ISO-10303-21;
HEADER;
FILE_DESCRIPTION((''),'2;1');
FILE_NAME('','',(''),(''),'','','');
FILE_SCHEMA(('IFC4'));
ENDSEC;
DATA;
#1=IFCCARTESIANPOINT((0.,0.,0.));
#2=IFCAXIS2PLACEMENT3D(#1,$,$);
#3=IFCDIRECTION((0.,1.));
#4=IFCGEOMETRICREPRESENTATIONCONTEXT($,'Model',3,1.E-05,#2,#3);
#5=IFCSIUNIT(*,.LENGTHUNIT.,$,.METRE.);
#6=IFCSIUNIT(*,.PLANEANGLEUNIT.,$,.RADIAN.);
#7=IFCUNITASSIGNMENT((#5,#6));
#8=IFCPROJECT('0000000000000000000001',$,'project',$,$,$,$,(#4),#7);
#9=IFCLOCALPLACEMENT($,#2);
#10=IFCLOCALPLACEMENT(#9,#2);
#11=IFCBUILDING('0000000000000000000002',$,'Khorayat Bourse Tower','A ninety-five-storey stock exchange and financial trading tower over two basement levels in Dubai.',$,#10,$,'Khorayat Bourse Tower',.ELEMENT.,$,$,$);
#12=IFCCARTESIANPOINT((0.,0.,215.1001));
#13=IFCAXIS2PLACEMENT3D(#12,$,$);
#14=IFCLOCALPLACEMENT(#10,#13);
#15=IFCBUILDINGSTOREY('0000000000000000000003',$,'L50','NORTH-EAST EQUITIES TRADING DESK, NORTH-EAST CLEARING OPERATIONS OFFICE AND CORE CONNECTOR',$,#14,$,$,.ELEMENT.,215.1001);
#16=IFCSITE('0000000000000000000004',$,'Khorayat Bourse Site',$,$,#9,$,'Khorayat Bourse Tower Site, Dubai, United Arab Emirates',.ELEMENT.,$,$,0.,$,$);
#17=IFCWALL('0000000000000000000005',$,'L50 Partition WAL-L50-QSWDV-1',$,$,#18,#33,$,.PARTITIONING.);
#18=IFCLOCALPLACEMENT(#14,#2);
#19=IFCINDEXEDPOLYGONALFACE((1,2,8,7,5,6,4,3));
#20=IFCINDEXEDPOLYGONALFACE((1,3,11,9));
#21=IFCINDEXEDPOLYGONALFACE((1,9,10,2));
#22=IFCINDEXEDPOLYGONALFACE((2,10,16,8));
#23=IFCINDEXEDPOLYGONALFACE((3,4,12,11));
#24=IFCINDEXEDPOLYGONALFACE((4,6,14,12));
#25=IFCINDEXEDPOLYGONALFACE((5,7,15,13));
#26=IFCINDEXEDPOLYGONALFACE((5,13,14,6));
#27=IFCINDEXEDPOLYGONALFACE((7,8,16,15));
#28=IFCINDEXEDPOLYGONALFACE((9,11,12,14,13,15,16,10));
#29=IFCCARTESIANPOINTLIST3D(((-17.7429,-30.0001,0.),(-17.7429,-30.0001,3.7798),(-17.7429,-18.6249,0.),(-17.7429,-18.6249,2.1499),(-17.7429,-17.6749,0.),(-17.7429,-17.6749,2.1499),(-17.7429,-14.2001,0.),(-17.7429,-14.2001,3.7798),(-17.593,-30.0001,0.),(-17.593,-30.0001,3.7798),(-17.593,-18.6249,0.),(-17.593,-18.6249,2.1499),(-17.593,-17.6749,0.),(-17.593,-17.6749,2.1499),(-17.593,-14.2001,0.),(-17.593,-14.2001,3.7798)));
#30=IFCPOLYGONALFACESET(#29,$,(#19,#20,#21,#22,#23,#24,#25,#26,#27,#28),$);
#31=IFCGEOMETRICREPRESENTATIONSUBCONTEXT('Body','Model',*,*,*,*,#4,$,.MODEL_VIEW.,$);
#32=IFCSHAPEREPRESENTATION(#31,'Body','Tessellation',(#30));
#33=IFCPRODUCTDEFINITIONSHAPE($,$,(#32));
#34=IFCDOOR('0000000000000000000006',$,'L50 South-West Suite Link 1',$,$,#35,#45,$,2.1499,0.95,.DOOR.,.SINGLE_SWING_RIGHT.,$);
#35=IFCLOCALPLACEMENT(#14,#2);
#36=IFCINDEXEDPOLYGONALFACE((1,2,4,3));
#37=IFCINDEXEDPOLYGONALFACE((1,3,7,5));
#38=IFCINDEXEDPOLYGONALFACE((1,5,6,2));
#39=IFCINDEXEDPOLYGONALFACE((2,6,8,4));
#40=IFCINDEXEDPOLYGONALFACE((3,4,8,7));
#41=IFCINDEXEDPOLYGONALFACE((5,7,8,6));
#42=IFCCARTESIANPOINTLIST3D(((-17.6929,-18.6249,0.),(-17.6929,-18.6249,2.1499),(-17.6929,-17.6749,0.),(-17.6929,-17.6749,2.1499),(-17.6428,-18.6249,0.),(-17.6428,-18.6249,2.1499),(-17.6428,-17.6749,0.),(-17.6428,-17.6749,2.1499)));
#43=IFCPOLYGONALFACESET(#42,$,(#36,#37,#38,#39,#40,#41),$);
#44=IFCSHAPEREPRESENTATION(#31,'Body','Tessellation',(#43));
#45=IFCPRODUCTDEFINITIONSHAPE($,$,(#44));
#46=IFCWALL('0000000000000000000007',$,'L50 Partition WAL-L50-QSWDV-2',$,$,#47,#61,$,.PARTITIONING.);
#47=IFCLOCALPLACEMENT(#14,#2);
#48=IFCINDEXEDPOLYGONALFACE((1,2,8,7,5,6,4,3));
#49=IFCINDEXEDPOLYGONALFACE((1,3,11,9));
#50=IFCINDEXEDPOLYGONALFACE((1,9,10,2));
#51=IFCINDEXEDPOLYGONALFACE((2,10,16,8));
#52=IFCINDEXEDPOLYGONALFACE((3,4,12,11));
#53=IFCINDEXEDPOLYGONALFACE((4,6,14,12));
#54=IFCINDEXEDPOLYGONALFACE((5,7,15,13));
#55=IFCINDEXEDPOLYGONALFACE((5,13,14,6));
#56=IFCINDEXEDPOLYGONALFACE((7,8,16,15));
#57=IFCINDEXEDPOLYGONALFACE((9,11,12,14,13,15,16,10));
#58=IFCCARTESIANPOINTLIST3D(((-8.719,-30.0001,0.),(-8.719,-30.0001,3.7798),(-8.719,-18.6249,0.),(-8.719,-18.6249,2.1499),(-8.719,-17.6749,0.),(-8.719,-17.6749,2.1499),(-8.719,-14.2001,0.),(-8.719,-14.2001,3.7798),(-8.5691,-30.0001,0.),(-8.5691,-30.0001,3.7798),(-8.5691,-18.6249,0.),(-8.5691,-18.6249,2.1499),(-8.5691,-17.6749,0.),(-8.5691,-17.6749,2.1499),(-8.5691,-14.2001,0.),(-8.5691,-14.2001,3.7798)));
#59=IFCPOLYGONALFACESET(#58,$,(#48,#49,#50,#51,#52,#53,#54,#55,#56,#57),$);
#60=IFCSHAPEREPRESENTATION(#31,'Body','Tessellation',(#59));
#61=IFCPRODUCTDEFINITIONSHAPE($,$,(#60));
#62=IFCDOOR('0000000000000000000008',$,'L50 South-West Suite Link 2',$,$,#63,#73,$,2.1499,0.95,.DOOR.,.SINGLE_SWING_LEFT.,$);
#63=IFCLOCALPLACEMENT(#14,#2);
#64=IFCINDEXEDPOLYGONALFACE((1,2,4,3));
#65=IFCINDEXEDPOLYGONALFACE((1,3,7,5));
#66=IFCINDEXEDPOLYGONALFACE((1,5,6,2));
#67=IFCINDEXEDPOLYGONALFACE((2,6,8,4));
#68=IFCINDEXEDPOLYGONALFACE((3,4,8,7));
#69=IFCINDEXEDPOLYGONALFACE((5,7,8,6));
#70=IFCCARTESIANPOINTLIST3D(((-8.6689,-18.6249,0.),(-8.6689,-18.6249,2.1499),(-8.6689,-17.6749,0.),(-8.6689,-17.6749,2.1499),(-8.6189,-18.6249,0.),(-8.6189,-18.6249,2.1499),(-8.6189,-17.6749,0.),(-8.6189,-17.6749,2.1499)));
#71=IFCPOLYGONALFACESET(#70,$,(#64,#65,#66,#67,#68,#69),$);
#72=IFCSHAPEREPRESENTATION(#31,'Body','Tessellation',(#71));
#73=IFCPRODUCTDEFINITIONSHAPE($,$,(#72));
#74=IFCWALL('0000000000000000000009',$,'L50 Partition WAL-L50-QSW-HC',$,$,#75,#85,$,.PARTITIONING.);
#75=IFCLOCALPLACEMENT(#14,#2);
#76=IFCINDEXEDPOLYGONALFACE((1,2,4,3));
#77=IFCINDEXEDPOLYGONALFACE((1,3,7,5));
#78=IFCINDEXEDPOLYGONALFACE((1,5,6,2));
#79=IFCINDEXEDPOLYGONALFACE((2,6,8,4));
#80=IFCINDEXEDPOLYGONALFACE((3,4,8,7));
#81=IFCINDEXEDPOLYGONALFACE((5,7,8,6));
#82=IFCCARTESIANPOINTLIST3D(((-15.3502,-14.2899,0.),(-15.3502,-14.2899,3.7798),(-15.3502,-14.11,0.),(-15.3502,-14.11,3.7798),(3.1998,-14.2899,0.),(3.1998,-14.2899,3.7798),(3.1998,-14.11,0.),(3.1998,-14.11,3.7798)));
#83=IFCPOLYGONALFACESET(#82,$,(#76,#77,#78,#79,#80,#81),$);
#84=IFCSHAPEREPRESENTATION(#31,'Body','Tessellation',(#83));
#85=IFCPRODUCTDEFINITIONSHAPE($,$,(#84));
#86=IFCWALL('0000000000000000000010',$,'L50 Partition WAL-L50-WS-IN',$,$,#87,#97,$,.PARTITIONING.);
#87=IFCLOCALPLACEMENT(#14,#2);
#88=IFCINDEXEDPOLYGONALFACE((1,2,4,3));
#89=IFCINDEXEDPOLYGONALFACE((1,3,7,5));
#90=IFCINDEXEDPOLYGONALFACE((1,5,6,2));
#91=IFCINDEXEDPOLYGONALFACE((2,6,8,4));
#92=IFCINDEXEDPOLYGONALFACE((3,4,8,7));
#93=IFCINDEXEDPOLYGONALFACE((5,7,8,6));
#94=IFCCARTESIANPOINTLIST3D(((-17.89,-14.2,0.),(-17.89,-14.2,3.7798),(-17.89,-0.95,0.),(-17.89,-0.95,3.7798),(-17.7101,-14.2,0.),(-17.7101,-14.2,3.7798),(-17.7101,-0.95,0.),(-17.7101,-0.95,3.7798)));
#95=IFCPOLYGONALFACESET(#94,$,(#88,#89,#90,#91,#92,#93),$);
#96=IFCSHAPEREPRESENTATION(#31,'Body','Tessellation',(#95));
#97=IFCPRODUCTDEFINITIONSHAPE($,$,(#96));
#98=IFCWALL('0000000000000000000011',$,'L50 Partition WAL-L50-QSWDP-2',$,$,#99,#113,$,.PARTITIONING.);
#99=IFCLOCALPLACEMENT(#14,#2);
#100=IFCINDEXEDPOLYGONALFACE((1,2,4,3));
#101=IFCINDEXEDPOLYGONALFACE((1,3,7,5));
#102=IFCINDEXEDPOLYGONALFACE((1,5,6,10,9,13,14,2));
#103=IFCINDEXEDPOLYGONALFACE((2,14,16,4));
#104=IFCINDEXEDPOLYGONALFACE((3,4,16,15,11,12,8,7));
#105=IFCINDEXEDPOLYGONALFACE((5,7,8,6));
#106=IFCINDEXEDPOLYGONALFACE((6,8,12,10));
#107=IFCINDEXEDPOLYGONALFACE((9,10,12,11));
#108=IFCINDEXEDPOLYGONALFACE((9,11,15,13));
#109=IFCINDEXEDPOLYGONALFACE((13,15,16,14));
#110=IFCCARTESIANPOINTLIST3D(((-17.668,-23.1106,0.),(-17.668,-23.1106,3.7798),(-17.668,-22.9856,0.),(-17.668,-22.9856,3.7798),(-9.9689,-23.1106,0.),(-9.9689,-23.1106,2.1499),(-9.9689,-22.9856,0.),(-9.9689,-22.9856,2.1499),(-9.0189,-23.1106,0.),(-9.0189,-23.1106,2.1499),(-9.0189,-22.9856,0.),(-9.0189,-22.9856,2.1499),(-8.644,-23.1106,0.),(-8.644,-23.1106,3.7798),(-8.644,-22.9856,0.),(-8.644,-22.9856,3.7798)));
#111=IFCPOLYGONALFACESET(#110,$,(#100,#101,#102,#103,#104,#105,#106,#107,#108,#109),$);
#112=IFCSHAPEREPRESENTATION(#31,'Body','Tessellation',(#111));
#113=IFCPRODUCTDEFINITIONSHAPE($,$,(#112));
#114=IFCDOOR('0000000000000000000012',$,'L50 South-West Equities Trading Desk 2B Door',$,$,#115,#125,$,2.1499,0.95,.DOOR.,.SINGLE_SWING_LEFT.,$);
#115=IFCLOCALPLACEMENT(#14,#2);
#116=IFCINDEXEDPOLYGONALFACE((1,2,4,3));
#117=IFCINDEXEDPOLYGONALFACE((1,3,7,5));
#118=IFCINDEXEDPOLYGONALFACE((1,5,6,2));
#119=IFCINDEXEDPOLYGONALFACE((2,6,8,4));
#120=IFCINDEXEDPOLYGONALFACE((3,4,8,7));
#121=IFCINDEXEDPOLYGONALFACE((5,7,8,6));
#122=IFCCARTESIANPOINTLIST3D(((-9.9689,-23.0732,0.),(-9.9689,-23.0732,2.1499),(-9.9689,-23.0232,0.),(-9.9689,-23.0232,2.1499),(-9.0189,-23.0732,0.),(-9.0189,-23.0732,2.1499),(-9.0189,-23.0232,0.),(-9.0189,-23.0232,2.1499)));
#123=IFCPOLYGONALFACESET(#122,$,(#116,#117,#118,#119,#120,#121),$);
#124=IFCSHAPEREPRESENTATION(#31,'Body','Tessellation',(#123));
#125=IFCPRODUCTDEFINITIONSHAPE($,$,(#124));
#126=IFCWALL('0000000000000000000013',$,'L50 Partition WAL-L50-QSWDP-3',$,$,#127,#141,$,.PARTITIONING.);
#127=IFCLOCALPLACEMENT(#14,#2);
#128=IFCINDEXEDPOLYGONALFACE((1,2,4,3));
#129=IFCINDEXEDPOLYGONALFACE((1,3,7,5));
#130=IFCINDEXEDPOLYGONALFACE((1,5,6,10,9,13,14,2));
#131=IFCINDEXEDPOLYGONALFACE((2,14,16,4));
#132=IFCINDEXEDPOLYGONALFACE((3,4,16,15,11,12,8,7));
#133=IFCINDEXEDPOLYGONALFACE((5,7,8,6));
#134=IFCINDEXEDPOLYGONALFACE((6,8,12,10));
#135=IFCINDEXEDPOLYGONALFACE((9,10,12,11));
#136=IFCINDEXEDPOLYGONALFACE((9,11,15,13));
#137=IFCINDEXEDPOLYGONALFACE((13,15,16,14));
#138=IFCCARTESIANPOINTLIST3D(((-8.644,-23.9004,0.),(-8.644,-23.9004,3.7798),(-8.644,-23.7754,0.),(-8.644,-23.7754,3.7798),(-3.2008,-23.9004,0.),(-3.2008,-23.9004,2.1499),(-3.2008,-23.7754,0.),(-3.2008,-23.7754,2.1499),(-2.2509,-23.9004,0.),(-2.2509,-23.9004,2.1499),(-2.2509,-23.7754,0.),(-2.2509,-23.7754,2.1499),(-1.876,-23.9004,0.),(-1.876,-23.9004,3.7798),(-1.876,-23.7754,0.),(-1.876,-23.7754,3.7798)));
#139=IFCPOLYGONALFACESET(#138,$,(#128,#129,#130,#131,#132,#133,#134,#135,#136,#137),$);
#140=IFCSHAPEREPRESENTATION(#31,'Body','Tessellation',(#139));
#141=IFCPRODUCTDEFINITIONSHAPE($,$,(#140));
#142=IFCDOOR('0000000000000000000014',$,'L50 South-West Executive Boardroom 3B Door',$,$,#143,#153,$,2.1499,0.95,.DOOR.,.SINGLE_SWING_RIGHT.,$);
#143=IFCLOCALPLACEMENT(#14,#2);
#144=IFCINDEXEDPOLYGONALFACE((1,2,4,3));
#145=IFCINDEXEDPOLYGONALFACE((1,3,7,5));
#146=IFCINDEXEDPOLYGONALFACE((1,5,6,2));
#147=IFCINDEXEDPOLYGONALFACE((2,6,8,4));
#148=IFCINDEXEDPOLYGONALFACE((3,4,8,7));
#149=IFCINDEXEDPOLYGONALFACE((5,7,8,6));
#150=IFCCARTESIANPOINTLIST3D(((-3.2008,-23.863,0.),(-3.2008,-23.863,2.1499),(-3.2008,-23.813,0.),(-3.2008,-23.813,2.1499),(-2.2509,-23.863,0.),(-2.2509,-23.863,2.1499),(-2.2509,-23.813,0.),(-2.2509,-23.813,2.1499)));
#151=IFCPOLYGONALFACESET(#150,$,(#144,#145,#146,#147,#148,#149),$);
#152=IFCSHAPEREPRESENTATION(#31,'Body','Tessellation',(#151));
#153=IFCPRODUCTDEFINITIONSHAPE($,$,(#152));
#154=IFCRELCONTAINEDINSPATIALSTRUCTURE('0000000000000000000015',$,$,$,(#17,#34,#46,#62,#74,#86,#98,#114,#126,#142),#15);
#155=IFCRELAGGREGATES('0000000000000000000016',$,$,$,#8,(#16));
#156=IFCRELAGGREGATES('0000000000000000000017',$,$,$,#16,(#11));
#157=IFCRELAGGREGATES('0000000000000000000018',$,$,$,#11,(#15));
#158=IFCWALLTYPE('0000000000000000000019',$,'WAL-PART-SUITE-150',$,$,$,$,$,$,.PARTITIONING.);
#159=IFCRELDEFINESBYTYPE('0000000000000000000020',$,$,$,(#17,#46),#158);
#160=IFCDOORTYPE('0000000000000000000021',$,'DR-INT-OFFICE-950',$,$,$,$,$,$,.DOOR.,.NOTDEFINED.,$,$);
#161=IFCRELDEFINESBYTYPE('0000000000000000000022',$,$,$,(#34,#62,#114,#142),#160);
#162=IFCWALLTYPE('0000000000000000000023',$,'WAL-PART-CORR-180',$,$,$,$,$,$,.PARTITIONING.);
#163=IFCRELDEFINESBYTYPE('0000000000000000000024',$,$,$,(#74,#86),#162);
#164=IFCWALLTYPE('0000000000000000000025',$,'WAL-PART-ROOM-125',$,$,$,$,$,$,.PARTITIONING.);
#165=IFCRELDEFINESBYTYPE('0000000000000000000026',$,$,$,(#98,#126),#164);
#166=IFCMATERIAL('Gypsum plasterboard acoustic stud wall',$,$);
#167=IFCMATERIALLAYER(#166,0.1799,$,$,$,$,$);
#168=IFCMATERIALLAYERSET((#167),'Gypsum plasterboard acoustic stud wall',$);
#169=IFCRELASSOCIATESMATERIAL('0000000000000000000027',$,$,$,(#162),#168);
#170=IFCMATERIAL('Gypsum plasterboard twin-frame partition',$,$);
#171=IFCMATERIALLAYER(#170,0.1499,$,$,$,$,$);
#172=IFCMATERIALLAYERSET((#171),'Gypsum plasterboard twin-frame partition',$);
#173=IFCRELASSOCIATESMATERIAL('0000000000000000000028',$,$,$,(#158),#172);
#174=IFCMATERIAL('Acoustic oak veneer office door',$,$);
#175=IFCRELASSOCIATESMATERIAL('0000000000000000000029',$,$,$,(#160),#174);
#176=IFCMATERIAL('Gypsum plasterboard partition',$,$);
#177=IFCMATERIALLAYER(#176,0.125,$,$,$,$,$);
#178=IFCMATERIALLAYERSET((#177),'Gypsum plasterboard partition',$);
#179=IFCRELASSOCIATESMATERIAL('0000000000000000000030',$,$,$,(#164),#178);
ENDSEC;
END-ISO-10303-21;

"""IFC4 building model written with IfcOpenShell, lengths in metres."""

from ifc_helpers import new_model, si_unit, direction, frame, frame_2d, origin, place, context, subcontext, project, spatial, rectangle, extrude, source, transform, mapped, material, layer, layer_set, type_object, element, fill, save


model = new_model("IFC4")

# Units and contexts
model_context = context("Model", 3, precision=1e-05, world=origin(), true_north=direction((0.0, 1.0)))
body_context = subcontext(model_context, "Body", "Model", "MODEL_VIEW")
ifc_project = project(units=[si_unit("LENGTHUNIT", "METRE"), si_unit("PLANEANGLEUNIT", "RADIAN")], contexts=[model_context])

# Site, building, storey
site_placement = place(None, origin())
site = spatial("IfcSite", under=ifc_project, at=site_placement, Name="Khorayat Bourse Site", LongName="Khorayat Bourse Tower Site, Dubai, United Arab Emirates", CompositionType="ELEMENT", RefElevation=0.0)
building_placement = place(site_placement, origin())
building = spatial("IfcBuilding", under=site, at=building_placement, Name="Khorayat Bourse Tower", Description="A ninety-five-storey stock exchange and financial trading tower over two basement levels in Dubai.", LongName="Khorayat Bourse Tower", CompositionType="ELEMENT")
storey_placement = place(building_placement, frame((0.0, 0.0, 215.1001)))
storey = spatial("IfcBuildingStorey", under=building, at=storey_placement, Name="L50", Description="NORTH-EAST EQUITIES TRADING DESK, NORTH-EAST CLEARING OPERATIONS OFFICE AND CORE CONNECTOR", CompositionType="ELEMENT", Elevation=215.1001)

# Shared definitions
ifc_material_1 = material(Name="Gypsum plasterboard acoustic stud wall")
ifc_layer_1 = layer(ifc_material_1, 0.1799)
ifc_layer_set_1 = layer_set([ifc_layer_1], Name="Gypsum plasterboard acoustic stud wall")
wall_type_1 = type_object("IfcWallType", Name="WAL-PART-CORR-180", PredefinedType="PARTITIONING", material=ifc_layer_set_1)

# Walls, openings, doors
ifc_material_2 = material(Name="Gypsum plasterboard twin-frame partition")
ifc_layer_2 = layer(ifc_material_2, 0.1499)
ifc_layer_set_2 = layer_set([ifc_layer_2], Name="Gypsum plasterboard twin-frame partition")
wall_type_2 = type_object("IfcWallType", Name="WAL-PART-SUITE-150", PredefinedType="PARTITIONING", material=ifc_layer_set_2)
shared_shape_1 = source(origin(), body_context, "Body", "SweptSolid", [
    extrude(rectangle(XDim=15.8, YDim=0.1499, at=frame_2d((7.8999, 0.0))), origin(), (0.0, 0.0, 1.0), 3.7798),
])
wall_1_placement = place(storey_placement, frame((-17.668, -30.0, 0.0), z_axis=(0.0, 0.0, 1.0), x_axis=(0.0, 1.0, 0.0)))
wall_1 = element("IfcWall", 1, at=wall_1_placement, inside=storey, type_object=wall_type_2, Name="L50 Partition WAL-L50-QSWDV-1", PredefinedType="PARTITIONING", context=body_context, shape_type="MappedRepresentation", body=[
    mapped(shared_shape_1, transform((0.0, 0.0, 0.0), scale=1.0)),
])
shared_shape_2 = source(origin(), body_context, "Body", "SweptSolid", [
    extrude(rectangle(XDim=0.95, YDim=2.1499, at=frame_2d((0.4751, 1.075))), frame((0.0, 0.085, 0.0), z_axis=(0.0, -1.0, 0.0), x_axis=(1.0, 0.0, 0.0)), (0.0, 0.0, 1.0), 0.1699),
])
opening_1_placement = place(wall_1_placement, frame((11.375, 0.0, 0.0)))
opening_1 = element("IfcOpeningElement", 2, at=opening_1_placement, cuts=wall_1, PredefinedType="OPENING", context=body_context, shape_type="MappedRepresentation", body=[
    mapped(shared_shape_2, transform((0.0, 0.0, 0.0), scale=1.0)),
])
ifc_material_3 = material(Name="Acoustic oak veneer office door")
door_type = type_object("IfcDoorType", Name="DR-INT-OFFICE-950", OperationType="NOTDEFINED", PredefinedType="DOOR", material=ifc_material_3)
shared_shape_3 = source(origin(), body_context, "Body", "SweptSolid", [
    extrude(rectangle(XDim=0.95, YDim=2.1499, at=frame_2d((0.4751, 1.075))), frame((0.0, 0.0249, 0.0), z_axis=(0.0, -1.0, 0.0), x_axis=(1.0, 0.0, 0.0)), (0.0, 0.0, 1.0), 0.05),
])
door_1_placement = place(opening_1_placement, origin())
door_1 = element("IfcDoor", 3, at=door_1_placement, inside=storey, type_object=door_type, Name="L50 South-West Suite Link 1", OperationType="SINGLE_SWING_RIGHT", OverallHeight=2.1499, OverallWidth=0.95, PredefinedType="DOOR", context=body_context, shape_type="MappedRepresentation", body=[
    mapped(shared_shape_3, transform((0.0, 0.0, 0.0), scale=1.0)),
])
fill(opening_1, door_1)
wall_2_placement = place(storey_placement, frame((-8.644, -30.0, 0.0), z_axis=(0.0, 0.0, 1.0), x_axis=(0.0, 1.0, 0.0)))
wall_2 = element("IfcWall", 4, at=wall_2_placement, inside=storey, type_object=wall_type_2, Name="L50 Partition WAL-L50-QSWDV-2", PredefinedType="PARTITIONING", context=body_context, shape_type="MappedRepresentation", body=[
    mapped(shared_shape_1, transform((0.0, 0.0, 0.0), scale=1.0)),
])
opening_2_placement = place(wall_2_placement, frame((11.375, 0.0, 0.0)))
opening_2 = element("IfcOpeningElement", 5, at=opening_2_placement, cuts=wall_2, PredefinedType="OPENING", context=body_context, shape_type="MappedRepresentation", body=[
    mapped(shared_shape_2, transform((0.0, 0.0, 0.0), scale=1.0)),
])
door_2_placement = place(opening_2_placement, origin())
door_2 = element("IfcDoor", 6, at=door_2_placement, inside=storey, type_object=door_type, Name="L50 South-West Suite Link 2", OperationType="SINGLE_SWING_LEFT", OverallHeight=2.1499, OverallWidth=0.95, PredefinedType="DOOR", context=body_context, shape_type="MappedRepresentation", body=[
    mapped(shared_shape_3, transform((0.0, 0.0, 0.0), scale=1.0)),
])
fill(opening_2, door_2)

# Walls
shared_shape_4 = source(origin(), body_context, "Body", "SweptSolid", [
    extrude(rectangle(XDim=18.55, YDim=0.1799, at=frame_2d((9.2749, 0.0))), origin(), (0.0, 0.0, 1.0), 3.7798),
])
wall_3_placement = place(storey_placement, frame((-15.3501, -14.2, 0.0), z_axis=(0.0, 0.0, 1.0), x_axis=(1.0, 0.0, 0.0)))
element("IfcWall", 7, at=wall_3_placement, inside=storey, type_object=wall_type_1, Name="L50 Partition WAL-L50-QSW-HC", PredefinedType="PARTITIONING", context=body_context, shape_type="MappedRepresentation", body=[
    mapped(shared_shape_4, transform((0.0, 0.0, 0.0), scale=1.0)),
])
shared_shape_5 = source(origin(), body_context, "Body", "SweptSolid", [
    extrude(rectangle(XDim=13.25, YDim=0.1799, at=frame_2d((6.625, 0.0))), origin(), (0.0, 0.0, 1.0), 3.7798),
])
wall_4_placement = place(storey_placement, frame((-17.8, -14.2, 0.0), z_axis=(0.0, 0.0, 1.0), x_axis=(0.0, 1.0, 0.0)))
element("IfcWall", 8, at=wall_4_placement, inside=storey, type_object=wall_type_1, Name="L50 Partition WAL-L50-WS-IN", PredefinedType="PARTITIONING", context=body_context, shape_type="MappedRepresentation", body=[
    mapped(shared_shape_5, transform((0.0, 0.0, 0.0), scale=1.0)),
])

# Walls, openings, doors
ifc_material_4 = material(Name="Gypsum plasterboard partition")
ifc_layer_3 = layer(ifc_material_4, 0.125)
ifc_layer_set_3 = layer_set([ifc_layer_3], Name="Gypsum plasterboard partition")
wall_type_3 = type_object("IfcWallType", Name="WAL-PART-ROOM-125", PredefinedType="PARTITIONING", material=ifc_layer_set_3)
shared_shape_6 = source(origin(), body_context, "Body", "SweptSolid", [
    extrude(rectangle(XDim=9.0239, YDim=0.125, at=frame_2d((4.512, 0.0))), origin(), (0.0, 0.0, 1.0), 3.7798),
])
wall_5_placement = place(storey_placement, frame((-17.668, -23.0481, 0.0), z_axis=(0.0, 0.0, 1.0), x_axis=(1.0, 0.0, 0.0)))
wall_5 = element("IfcWall", 9, at=wall_5_placement, inside=storey, type_object=wall_type_3, Name="L50 Partition WAL-L50-QSWDP-2", PredefinedType="PARTITIONING", context=body_context, shape_type="MappedRepresentation", body=[
    mapped(shared_shape_6, transform((0.0, 0.0, 0.0), scale=1.0)),
])
shared_shape_7 = source(origin(), body_context, "Body", "SweptSolid", [
    extrude(rectangle(XDim=0.95, YDim=2.1499, at=frame_2d((0.4751, 1.075))), frame((0.0, 0.0725, 0.0), z_axis=(0.0, -1.0, 0.0), x_axis=(1.0, 0.0, 0.0)), (0.0, 0.0, 1.0), 0.145),
])
opening_3_placement = place(wall_5_placement, frame((7.699, 0.0, 0.0)))
opening_3 = element("IfcOpeningElement", 10, at=opening_3_placement, cuts=wall_5, PredefinedType="OPENING", context=body_context, shape_type="MappedRepresentation", body=[
    mapped(shared_shape_7, transform((0.0, 0.0, 0.0), scale=1.0)),
])
door_3_placement = place(opening_3_placement, origin())
door_3 = element("IfcDoor", 11, at=door_3_placement, inside=storey, type_object=door_type, Name="L50 South-West Equities Trading Desk 2B Door", OperationType="SINGLE_SWING_LEFT", OverallHeight=2.1499, OverallWidth=0.95, PredefinedType="DOOR", context=body_context, shape_type="MappedRepresentation", body=[
    mapped(shared_shape_3, transform((0.0, 0.0, 0.0), scale=1.0)),
])
fill(opening_3, door_3)
shared_shape_8 = source(origin(), body_context, "Body", "SweptSolid", [
    extrude(rectangle(XDim=6.7681, YDim=0.125, at=frame_2d((3.384, 0.0))), origin(), (0.0, 0.0, 1.0), 3.7798),
])
wall_6_placement = place(storey_placement, frame((-8.644, -23.8379, 0.0), z_axis=(0.0, 0.0, 1.0), x_axis=(1.0, 0.0, 0.0)))
wall_6 = element("IfcWall", 12, at=wall_6_placement, inside=storey, type_object=wall_type_3, Name="L50 Partition WAL-L50-QSWDP-3", PredefinedType="PARTITIONING", context=body_context, shape_type="MappedRepresentation", body=[
    mapped(shared_shape_8, transform((0.0, 0.0, 0.0), scale=1.0)),
])
opening_4_placement = place(wall_6_placement, frame((5.4431, 0.0, 0.0)))
opening_4 = element("IfcOpeningElement", 13, at=opening_4_placement, cuts=wall_6, PredefinedType="OPENING", context=body_context, shape_type="MappedRepresentation", body=[
    mapped(shared_shape_7, transform((0.0, 0.0, 0.0), scale=1.0)),
])
door_4_placement = place(opening_4_placement, origin())
door_4 = element("IfcDoor", 14, at=door_4_placement, inside=storey, type_object=door_type, Name="L50 South-West Executive Boardroom 3B Door", OperationType="SINGLE_SWING_RIGHT", OverallHeight=2.1499, OverallWidth=0.95, PredefinedType="DOOR", context=body_context, shape_type="MappedRepresentation", body=[
    mapped(shared_shape_3, transform((0.0, 0.0, 0.0), scale=1.0)),
])
fill(opening_4, door_4)

save(model, "model.ifc")
